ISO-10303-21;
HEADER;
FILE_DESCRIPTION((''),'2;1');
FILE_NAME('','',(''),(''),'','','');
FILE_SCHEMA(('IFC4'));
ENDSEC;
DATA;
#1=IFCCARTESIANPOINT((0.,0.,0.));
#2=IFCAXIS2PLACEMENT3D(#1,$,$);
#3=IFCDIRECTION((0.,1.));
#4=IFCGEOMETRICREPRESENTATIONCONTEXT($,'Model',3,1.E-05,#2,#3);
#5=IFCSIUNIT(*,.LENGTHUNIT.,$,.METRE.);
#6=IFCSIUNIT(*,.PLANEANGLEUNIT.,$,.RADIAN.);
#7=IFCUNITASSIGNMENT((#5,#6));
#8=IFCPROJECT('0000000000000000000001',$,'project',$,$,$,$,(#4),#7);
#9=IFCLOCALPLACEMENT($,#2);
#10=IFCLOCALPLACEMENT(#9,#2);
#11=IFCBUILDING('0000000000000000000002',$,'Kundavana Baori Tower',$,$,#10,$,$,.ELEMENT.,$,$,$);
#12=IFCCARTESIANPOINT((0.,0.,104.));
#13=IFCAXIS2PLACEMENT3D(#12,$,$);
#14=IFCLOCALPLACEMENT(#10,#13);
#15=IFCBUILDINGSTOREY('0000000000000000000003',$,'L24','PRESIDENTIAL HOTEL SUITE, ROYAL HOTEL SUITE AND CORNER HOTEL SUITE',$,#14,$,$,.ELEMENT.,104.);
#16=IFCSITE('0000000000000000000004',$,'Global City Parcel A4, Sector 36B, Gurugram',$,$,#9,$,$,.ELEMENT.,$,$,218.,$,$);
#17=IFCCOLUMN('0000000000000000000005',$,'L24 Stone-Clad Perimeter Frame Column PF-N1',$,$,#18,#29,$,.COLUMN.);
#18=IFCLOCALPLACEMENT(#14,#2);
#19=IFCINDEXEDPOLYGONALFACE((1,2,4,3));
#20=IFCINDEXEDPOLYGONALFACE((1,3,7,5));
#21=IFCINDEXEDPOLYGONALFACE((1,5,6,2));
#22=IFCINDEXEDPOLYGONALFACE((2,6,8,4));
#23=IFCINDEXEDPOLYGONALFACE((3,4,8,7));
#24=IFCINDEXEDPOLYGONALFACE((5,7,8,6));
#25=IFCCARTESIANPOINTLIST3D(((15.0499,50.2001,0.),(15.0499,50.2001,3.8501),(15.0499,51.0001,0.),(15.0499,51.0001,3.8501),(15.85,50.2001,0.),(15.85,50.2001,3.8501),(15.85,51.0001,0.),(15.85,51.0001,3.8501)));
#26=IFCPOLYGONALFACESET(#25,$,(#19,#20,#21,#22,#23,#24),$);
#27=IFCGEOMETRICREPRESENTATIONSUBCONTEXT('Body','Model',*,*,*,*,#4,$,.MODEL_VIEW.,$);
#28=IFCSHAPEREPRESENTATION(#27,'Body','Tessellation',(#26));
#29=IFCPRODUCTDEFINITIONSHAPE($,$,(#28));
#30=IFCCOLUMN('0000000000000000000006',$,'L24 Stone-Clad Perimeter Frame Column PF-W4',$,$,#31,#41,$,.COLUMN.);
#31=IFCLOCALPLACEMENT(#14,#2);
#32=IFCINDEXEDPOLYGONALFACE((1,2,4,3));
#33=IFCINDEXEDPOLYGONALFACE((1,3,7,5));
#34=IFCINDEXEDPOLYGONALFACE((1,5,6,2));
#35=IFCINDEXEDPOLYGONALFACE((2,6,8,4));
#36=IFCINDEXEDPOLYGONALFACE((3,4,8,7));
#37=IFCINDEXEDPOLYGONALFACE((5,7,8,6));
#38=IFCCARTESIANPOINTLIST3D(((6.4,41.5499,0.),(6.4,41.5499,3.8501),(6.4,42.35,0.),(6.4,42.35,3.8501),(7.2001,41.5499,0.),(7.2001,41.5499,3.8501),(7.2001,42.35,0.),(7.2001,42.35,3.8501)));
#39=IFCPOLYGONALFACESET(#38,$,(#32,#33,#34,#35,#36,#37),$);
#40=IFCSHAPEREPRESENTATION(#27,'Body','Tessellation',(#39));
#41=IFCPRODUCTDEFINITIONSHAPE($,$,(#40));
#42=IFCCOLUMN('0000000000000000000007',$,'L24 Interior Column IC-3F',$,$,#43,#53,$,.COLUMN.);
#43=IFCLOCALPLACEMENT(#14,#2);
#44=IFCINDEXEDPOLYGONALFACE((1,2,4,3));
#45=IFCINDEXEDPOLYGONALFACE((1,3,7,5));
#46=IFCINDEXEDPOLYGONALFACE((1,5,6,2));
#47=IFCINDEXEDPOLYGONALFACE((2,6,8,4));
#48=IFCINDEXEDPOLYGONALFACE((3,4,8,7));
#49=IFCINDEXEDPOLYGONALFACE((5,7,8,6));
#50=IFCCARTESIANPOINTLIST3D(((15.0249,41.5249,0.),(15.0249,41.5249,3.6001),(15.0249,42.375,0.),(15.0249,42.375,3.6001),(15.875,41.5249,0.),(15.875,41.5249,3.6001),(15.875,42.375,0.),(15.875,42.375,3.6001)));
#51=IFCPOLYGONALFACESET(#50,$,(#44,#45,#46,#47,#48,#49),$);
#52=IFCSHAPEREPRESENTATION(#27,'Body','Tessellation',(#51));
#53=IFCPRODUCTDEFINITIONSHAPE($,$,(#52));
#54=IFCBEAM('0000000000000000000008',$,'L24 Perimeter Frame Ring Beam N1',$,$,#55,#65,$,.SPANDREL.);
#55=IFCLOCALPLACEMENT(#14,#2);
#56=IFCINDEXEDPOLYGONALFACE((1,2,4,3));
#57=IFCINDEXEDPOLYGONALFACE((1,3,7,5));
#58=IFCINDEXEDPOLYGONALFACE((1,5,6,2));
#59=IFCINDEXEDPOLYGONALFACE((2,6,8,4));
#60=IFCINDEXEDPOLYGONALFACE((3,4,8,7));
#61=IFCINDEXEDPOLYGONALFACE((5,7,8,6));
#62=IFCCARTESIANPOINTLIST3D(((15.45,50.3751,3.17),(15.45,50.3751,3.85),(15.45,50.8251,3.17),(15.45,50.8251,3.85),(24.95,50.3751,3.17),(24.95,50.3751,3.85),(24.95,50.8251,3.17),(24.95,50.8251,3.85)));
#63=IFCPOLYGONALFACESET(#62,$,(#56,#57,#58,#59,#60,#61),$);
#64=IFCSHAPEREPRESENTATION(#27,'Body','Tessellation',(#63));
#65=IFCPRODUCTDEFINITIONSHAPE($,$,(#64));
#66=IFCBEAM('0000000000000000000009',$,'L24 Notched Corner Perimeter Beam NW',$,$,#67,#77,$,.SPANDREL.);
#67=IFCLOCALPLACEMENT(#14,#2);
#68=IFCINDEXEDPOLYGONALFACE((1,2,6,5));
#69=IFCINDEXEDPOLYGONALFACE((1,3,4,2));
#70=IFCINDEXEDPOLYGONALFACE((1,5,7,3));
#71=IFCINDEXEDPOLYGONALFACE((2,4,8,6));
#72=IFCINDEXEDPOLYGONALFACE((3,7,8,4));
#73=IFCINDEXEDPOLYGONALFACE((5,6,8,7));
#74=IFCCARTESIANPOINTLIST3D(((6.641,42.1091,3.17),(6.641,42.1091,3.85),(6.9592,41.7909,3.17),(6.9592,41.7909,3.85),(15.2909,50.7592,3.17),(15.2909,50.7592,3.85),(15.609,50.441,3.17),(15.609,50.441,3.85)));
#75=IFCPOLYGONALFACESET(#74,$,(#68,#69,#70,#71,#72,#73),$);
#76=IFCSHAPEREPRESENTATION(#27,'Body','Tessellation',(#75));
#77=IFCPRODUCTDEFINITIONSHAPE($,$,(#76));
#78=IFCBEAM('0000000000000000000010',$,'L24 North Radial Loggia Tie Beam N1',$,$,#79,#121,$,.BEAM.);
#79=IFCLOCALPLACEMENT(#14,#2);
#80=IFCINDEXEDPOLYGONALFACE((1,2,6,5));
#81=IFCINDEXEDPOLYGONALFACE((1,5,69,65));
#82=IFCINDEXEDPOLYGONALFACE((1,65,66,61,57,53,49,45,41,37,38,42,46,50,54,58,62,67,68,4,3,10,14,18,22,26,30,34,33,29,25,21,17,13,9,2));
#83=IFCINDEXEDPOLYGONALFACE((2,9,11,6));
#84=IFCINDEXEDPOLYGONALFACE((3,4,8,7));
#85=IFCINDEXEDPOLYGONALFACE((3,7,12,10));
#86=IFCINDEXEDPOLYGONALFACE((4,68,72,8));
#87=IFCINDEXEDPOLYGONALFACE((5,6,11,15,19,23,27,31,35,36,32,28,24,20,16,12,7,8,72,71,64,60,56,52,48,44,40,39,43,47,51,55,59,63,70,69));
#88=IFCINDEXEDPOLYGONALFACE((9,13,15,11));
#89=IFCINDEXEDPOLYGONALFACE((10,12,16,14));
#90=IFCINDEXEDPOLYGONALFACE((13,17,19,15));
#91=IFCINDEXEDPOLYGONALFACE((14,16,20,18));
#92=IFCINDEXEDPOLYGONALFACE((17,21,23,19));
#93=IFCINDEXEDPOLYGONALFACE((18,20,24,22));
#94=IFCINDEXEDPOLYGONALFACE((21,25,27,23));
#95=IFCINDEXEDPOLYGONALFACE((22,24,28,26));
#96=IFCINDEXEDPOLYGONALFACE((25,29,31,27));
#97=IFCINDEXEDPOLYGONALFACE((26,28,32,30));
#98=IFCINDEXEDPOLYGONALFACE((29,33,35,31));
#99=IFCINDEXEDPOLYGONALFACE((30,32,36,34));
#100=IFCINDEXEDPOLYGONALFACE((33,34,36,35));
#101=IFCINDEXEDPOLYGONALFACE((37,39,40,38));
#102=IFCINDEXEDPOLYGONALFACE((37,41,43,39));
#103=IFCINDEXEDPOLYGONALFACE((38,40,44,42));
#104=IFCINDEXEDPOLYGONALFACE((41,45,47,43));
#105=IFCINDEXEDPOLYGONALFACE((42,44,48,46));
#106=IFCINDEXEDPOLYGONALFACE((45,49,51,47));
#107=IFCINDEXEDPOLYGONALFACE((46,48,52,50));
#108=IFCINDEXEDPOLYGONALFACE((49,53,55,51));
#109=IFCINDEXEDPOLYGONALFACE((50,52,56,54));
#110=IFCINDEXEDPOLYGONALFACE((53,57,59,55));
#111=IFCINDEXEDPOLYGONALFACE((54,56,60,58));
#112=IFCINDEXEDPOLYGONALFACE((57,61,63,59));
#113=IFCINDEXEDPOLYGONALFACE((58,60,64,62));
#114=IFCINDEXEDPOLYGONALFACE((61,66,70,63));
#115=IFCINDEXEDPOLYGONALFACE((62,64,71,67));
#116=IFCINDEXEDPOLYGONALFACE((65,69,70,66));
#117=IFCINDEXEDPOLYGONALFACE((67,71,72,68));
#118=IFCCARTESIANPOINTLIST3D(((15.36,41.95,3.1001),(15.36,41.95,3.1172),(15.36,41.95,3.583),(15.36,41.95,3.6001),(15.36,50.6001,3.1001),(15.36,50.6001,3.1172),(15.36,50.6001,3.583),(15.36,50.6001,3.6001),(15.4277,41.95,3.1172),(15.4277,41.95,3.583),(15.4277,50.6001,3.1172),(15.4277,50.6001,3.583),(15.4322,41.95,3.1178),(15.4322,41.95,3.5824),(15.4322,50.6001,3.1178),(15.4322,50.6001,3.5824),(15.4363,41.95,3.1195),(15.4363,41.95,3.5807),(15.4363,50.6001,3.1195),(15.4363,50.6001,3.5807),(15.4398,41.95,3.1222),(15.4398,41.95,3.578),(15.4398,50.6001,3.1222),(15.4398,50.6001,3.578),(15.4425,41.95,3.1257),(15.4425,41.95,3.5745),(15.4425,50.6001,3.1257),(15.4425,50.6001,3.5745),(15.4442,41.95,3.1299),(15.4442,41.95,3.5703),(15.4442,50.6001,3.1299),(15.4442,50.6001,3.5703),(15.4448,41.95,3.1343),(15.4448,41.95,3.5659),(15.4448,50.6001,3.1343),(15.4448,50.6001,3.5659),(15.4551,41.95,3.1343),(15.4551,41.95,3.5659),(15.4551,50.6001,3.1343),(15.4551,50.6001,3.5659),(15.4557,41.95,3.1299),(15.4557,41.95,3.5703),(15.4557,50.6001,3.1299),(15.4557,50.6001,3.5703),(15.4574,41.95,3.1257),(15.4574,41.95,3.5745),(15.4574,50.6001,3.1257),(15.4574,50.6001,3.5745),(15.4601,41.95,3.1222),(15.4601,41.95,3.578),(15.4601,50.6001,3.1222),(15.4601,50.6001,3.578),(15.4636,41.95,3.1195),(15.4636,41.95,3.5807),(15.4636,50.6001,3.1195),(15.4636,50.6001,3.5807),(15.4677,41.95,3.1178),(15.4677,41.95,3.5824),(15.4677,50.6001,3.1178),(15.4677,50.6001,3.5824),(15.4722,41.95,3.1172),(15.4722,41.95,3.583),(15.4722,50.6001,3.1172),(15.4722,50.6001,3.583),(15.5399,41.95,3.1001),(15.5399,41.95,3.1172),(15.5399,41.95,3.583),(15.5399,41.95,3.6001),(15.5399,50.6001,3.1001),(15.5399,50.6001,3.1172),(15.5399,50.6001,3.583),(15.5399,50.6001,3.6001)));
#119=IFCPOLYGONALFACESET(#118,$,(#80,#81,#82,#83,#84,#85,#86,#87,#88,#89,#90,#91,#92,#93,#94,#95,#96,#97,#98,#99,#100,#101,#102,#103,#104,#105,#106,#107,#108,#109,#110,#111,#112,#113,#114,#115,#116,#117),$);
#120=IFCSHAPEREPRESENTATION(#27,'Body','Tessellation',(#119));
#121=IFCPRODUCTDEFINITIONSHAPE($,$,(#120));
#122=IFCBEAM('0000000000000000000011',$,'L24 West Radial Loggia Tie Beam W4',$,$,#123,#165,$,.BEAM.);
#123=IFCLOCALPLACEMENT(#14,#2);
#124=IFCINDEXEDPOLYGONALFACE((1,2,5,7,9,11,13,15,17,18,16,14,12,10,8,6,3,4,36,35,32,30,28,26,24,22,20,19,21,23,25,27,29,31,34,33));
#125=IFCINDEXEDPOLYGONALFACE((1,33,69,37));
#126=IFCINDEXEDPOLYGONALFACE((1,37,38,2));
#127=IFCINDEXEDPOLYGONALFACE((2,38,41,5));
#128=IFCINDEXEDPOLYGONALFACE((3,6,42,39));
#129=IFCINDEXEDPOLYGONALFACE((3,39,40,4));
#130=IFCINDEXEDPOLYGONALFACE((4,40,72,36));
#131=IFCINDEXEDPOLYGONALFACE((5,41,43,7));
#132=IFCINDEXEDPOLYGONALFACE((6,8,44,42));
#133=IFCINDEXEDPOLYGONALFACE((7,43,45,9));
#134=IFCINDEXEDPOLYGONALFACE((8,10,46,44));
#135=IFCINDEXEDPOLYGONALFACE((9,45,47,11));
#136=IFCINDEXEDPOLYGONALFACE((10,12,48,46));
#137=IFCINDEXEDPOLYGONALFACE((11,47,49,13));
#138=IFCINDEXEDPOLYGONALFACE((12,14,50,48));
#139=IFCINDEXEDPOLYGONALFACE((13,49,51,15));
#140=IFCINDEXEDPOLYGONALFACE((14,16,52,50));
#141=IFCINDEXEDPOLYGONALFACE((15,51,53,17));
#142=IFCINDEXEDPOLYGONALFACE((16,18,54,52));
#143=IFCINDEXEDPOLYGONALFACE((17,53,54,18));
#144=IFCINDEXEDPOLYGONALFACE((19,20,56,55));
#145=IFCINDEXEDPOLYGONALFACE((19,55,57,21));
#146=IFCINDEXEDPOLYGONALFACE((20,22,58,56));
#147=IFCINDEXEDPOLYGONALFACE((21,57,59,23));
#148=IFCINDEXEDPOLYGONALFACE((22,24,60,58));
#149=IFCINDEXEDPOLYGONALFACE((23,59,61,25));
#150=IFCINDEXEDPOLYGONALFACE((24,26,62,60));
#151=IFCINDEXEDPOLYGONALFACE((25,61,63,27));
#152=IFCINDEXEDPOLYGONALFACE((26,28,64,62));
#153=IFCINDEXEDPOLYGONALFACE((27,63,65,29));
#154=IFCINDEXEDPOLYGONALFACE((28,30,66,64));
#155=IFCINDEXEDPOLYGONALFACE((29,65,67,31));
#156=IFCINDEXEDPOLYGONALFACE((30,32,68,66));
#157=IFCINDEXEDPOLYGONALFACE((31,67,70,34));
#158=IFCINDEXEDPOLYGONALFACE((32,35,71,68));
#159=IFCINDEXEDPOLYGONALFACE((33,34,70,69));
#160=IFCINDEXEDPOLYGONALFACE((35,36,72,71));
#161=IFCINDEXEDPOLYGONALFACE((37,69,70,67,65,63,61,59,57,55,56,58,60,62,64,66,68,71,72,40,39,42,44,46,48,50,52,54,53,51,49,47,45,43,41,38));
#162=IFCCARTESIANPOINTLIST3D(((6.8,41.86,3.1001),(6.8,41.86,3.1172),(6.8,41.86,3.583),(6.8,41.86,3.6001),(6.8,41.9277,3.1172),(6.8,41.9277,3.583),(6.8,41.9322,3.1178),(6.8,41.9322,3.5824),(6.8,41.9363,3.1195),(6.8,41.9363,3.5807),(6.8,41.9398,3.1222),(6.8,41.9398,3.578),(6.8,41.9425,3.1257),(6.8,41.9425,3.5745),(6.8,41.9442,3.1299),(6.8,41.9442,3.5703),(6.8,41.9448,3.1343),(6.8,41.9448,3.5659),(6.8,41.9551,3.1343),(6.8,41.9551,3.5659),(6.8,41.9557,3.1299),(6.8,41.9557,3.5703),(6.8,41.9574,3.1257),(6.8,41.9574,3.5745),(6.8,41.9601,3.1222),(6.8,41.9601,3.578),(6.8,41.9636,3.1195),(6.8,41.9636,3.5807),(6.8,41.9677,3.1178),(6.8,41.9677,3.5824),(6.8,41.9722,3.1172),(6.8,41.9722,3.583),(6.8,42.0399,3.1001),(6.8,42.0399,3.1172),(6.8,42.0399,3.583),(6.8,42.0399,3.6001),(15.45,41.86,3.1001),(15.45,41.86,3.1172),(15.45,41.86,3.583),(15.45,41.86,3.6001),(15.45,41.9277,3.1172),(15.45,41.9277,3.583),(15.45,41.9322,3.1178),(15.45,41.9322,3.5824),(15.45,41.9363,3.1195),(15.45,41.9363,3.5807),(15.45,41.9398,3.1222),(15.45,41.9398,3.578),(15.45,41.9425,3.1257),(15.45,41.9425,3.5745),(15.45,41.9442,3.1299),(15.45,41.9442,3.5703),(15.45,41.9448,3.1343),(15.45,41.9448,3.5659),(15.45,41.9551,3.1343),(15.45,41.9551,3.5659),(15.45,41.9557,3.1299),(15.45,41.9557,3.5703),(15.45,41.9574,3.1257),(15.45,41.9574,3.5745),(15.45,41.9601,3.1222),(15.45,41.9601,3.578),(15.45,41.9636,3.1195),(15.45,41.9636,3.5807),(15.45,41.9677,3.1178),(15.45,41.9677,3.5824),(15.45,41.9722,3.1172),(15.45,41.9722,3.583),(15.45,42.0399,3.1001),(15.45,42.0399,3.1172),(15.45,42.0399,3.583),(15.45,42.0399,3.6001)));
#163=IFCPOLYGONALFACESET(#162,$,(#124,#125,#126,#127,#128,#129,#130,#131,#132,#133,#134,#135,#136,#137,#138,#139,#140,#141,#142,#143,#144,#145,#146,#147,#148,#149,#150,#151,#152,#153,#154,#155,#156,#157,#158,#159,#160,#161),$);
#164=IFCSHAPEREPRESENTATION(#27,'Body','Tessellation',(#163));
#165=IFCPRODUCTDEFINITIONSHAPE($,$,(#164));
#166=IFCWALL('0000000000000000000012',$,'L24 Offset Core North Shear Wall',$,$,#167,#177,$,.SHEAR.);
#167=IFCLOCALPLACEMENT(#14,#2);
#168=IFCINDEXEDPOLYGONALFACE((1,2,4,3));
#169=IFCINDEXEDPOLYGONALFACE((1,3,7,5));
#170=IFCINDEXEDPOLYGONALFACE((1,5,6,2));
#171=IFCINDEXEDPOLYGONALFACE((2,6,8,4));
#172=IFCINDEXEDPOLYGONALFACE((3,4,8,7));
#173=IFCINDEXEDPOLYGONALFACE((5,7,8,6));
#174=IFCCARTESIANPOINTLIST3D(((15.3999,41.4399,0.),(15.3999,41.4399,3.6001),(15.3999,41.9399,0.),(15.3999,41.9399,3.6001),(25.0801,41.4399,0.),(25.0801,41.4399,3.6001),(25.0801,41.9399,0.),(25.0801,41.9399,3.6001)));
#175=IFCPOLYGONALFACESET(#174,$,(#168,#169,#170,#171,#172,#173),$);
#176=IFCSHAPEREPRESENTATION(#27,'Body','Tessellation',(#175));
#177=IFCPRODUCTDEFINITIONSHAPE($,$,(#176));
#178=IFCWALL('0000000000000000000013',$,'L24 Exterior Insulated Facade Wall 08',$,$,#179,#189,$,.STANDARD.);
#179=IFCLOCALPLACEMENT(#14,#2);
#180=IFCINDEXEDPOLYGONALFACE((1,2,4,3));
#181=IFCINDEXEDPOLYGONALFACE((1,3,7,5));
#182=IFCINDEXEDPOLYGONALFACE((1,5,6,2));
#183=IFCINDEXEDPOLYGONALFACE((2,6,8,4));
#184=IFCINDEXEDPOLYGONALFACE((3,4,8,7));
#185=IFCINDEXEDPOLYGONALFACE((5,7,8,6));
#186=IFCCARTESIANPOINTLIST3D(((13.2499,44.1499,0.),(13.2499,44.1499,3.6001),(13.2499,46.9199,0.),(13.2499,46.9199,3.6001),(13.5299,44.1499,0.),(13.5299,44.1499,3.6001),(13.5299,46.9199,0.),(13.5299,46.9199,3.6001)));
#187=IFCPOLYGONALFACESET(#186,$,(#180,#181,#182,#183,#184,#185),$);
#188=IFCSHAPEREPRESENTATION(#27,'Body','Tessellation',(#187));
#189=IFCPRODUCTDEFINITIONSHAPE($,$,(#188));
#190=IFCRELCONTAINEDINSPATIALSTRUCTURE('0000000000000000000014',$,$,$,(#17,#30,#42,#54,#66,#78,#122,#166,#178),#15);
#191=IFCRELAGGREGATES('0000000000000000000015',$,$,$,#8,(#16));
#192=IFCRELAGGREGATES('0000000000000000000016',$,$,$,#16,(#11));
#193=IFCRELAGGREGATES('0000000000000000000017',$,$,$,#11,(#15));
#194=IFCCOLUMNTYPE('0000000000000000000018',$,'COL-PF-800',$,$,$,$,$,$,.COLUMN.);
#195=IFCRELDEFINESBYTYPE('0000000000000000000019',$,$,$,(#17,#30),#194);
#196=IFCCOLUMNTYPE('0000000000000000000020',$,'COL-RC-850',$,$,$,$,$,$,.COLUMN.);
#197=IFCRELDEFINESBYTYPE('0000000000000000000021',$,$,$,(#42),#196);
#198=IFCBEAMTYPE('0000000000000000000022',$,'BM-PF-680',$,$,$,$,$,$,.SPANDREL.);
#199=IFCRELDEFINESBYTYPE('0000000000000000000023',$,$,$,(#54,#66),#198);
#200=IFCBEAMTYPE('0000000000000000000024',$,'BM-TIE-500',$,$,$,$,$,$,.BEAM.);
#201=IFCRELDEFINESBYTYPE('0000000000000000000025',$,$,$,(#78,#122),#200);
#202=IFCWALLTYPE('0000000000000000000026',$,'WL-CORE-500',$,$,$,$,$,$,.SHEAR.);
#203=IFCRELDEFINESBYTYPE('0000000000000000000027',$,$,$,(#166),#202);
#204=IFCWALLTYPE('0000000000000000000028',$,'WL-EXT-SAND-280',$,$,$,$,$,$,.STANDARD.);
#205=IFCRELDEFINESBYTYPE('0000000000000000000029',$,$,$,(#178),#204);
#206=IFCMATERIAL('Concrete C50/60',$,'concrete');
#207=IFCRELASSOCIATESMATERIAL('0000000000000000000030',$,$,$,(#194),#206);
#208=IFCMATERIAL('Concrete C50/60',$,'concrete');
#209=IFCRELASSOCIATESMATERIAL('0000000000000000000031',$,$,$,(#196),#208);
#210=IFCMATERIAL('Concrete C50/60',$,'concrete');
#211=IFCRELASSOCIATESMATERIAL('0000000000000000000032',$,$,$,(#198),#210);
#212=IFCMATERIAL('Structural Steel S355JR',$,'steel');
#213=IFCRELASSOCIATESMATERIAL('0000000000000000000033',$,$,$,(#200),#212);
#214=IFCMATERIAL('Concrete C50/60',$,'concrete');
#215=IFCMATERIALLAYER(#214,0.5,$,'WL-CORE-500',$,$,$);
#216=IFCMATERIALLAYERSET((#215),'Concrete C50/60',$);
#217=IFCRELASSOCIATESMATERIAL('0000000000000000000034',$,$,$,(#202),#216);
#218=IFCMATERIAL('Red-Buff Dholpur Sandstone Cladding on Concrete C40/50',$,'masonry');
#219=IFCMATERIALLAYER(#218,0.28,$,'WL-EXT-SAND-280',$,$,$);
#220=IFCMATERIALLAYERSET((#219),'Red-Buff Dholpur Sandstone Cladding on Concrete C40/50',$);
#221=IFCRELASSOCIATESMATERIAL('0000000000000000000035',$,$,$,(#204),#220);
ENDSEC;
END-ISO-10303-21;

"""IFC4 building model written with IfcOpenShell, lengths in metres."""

from ifc_helpers import new_model, si_unit, direction, frame, frame_2d, origin, origin_2d, place, context, subcontext, project, spatial, rectangle, i_section, extrude, material, layer, layer_set, material_profile, profile_set, type_object, element, save


model = new_model("IFC4")

# Units and contexts
model_context = context("Model", 3, precision=1e-05, world=origin(), true_north=direction((0.0, 1.0)))
body_context = subcontext(model_context, "Body", "Model", "MODEL_VIEW")
ifc_project = project(units=[si_unit("LENGTHUNIT", "METRE"), si_unit("PLANEANGLEUNIT", "RADIAN")], contexts=[model_context])

# Site, building, storey
site_placement = place(None, origin())
site = spatial("IfcSite", under=ifc_project, at=site_placement, Name="Global City Parcel A4, Sector 36B, Gurugram", CompositionType="ELEMENT", RefElevation=218.0)
building_placement = place(site_placement, origin())
building = spatial("IfcBuilding", under=site, at=building_placement, Name="Kundavana Baori Tower", CompositionType="ELEMENT")
storey_placement = place(building_placement, frame((0.0, 0.0, 104.0)))
storey = spatial("IfcBuildingStorey", under=building, at=storey_placement, Name="L24", Description="PRESIDENTIAL HOTEL SUITE, ROYAL HOTEL SUITE AND CORNER HOTEL SUITE", CompositionType="ELEMENT", Elevation=104.0)

# Columns
ifc_material_1 = material(Name="Concrete C50/60", Category="concrete")
ifc_material_profile_1 = material_profile(ifc_material_1, rectangle(XDim=0.8, YDim=0.8, at=origin_2d()), Name="RC PF 800x800")
ifc_profile_set_1 = profile_set([ifc_material_profile_1], Name="Concrete C50/60")
column_type_1 = type_object("IfcColumnType", Name="COL-PF-800", PredefinedType="COLUMN", material=ifc_profile_set_1)
for number, where, z_axis, x_axis, name in (
    (1, (15.45, 50.6001, 0.0), (0.0, 0.0, 1.0), (1.0, 0.0, 0.0), "L24 Stone-Clad Perimeter Frame Column PF-N1"),
    (2, (6.8, 41.95, 0.0), (0.0, 0.0, 1.0), (1.0, 0.0, 0.0), "L24 Stone-Clad Perimeter Frame Column PF-W4"),
):
    element("IfcColumn", number, at=place(storey_placement, frame(where, z_axis=z_axis, x_axis=x_axis)), inside=storey, type_object=column_type_1, Name=name, PredefinedType="COLUMN", context=body_context, shape_type="SweptSolid", body=[
        extrude(rectangle(XDim=0.8, YDim=0.8, at=origin_2d()), origin(), (0.0, 0.0, 1.0), 3.8501),
    ])
ifc_material_2 = material(Name="Concrete C50/60", Category="concrete")
ifc_material_profile_2 = material_profile(ifc_material_2, rectangle(XDim=0.8501, YDim=0.8501, at=origin_2d()), Name="RC 850x850")
ifc_profile_set_2 = profile_set([ifc_material_profile_2], Name="Concrete C50/60")
column_type_2 = type_object("IfcColumnType", Name="COL-RC-850", PredefinedType="COLUMN", material=ifc_profile_set_2)
column_placement = place(storey_placement, frame((15.45, 41.95, 0.0), z_axis=(0.0, 0.0, 1.0), x_axis=(1.0, 0.0, 0.0)))
element("IfcColumn", 3, at=column_placement, inside=storey, type_object=column_type_2, Name="L24 Interior Column IC-3F", PredefinedType="COLUMN", context=body_context, shape_type="SweptSolid", body=[
    extrude(rectangle(XDim=0.8501, YDim=0.8501, at=origin_2d()), origin(), (0.0, 0.0, 1.0), 3.6001),
])

# Beams
ifc_material_3 = material(Name="Concrete C50/60", Category="concrete")
ifc_material_profile_3 = material_profile(ifc_material_3, rectangle(XDim=0.45, YDim=0.6799, at=origin_2d()), Name="RC BM 450x680")
ifc_profile_set_3 = profile_set([ifc_material_profile_3], Name="Concrete C50/60")
beam_type_1 = type_object("IfcBeamType", Name="BM-PF-680", PredefinedType="SPANDREL", material=ifc_profile_set_3)
beam_1_placement = place(storey_placement, frame((15.45, 50.6001, 3.51), z_axis=(1.0, 0.0, 0.0), x_axis=(0.0, 1.0, 0.0)))
element("IfcBeam", 4, at=beam_1_placement, inside=storey, type_object=beam_type_1, Name="L24 Perimeter Frame Ring Beam N1", PredefinedType="SPANDREL", context=body_context, shape_type="SweptSolid", body=[
    extrude(rectangle(XDim=0.45, YDim=0.6799, at=origin_2d()), origin(), (0.0, 0.0, 1.0), 9.5),
])
beam_2_placement = place(storey_placement, frame((15.45, 50.6001, 3.51), z_axis=(-0.707097, -0.707117, 0.0), x_axis=(0.707117, -0.707097, 0.0)))
element("IfcBeam", 5, at=beam_2_placement, inside=storey, type_object=beam_type_1, Name="L24 Notched Corner Perimeter Beam NW", PredefinedType="SPANDREL", context=body_context, shape_type="SweptSolid", body=[
    extrude(rectangle(XDim=0.45, YDim=0.6799, at=origin_2d()), origin(), (0.0, 0.0, 1.0), 12.2329),
])
ifc_material_4 = material(Name="Structural Steel S355JR", Category="steel")
ifc_material_profile_4 = material_profile(ifc_material_4, i_section(OverallWidth=0.1799, OverallDepth=0.5, WebThickness=0.0103, FlangeThickness=0.0171, FilletRadius=0.0171, at=origin_2d()), Name="ISMB 500")
ifc_profile_set_4 = profile_set([ifc_material_profile_4], Name="Structural Steel S355JR")
beam_type_2 = type_object("IfcBeamType", Name="BM-TIE-500", PredefinedType="BEAM", material=ifc_profile_set_4)
beam_3_placement = place(storey_placement, frame((15.45, 41.95, 3.3501), z_axis=(0.0, 1.0, 0.0), x_axis=(-1.0, 0.0, 0.0)))
element("IfcBeam", 6, at=beam_3_placement, inside=storey, type_object=beam_type_2, Name="L24 North Radial Loggia Tie Beam N1", PredefinedType="BEAM", context=body_context, shape_type="SweptSolid", body=[
    extrude(i_section(OverallWidth=0.1799, OverallDepth=0.5, WebThickness=0.0103, FlangeThickness=0.0171, FilletRadius=0.0171, at=origin_2d()), origin(), (0.0, 0.0, 1.0), 8.6501),
])
beam_4_placement = place(storey_placement, frame((15.45, 41.95, 3.3501), z_axis=(-1.0, 0.0, 0.0), x_axis=(0.0, -1.0, 0.0)))
element("IfcBeam", 7, at=beam_4_placement, inside=storey, type_object=beam_type_2, Name="L24 West Radial Loggia Tie Beam W4", PredefinedType="BEAM", context=body_context, shape_type="SweptSolid", body=[
    extrude(i_section(OverallWidth=0.1799, OverallDepth=0.5, WebThickness=0.0103, FlangeThickness=0.0171, FilletRadius=0.0171, at=origin_2d()), origin(), (0.0, 0.0, 1.0), 8.6499),
])

# Walls
ifc_material_5 = material(Name="Concrete C50/60", Category="concrete")
ifc_layer_1 = layer(ifc_material_5, 0.5, Name="WL-CORE-500")
ifc_layer_set_1 = layer_set([ifc_layer_1], Name="Concrete C50/60")
wall_type_1 = type_object("IfcWallType", Name="WL-CORE-500", PredefinedType="SHEAR", material=ifc_layer_set_1)
wall_1_placement = place(storey_placement, frame((15.3999, 41.6899, 0.0), z_axis=(0.0, 0.0, 1.0), x_axis=(1.0, 0.0, 0.0)))
element("IfcWall", 8, at=wall_1_placement, inside=storey, type_object=wall_type_1, Name="L24 Offset Core North Shear Wall", PredefinedType="SHEAR", context=body_context, shape_type="SweptSolid", body=[
    extrude(rectangle(XDim=9.6802, YDim=0.5, at=frame_2d((4.8401, 0.0))), origin(), (0.0, 0.0, 1.0), 3.6001),
])
ifc_material_6 = material(Name="Red-Buff Dholpur Sandstone Cladding on Concrete C40/50", Category="masonry")
ifc_layer_2 = layer(ifc_material_6, 0.28, Name="WL-EXT-SAND-280")
ifc_layer_set_2 = layer_set([ifc_layer_2], Name="Red-Buff Dholpur Sandstone Cladding on Concrete C40/50")
wall_type_2 = type_object("IfcWallType", Name="WL-EXT-SAND-280", PredefinedType="STANDARD", material=ifc_layer_set_2)
wall_2_placement = place(storey_placement, frame((13.3899, 46.9199, 0.0), z_axis=(0.0, 0.0, 1.0), x_axis=(0.0, -1.0, 0.0)))
element("IfcWall", 9, at=wall_2_placement, inside=storey, type_object=wall_type_2, Name="L24 Exterior Insulated Facade Wall 08", PredefinedType="STANDARD", context=body_context, shape_type="SweptSolid", body=[
    extrude(rectangle(XDim=2.77, YDim=0.28, at=frame_2d((1.385, 0.0))), origin(), (0.0, 0.0, 1.0), 3.6001),
])

save(model, "model.ifc")
